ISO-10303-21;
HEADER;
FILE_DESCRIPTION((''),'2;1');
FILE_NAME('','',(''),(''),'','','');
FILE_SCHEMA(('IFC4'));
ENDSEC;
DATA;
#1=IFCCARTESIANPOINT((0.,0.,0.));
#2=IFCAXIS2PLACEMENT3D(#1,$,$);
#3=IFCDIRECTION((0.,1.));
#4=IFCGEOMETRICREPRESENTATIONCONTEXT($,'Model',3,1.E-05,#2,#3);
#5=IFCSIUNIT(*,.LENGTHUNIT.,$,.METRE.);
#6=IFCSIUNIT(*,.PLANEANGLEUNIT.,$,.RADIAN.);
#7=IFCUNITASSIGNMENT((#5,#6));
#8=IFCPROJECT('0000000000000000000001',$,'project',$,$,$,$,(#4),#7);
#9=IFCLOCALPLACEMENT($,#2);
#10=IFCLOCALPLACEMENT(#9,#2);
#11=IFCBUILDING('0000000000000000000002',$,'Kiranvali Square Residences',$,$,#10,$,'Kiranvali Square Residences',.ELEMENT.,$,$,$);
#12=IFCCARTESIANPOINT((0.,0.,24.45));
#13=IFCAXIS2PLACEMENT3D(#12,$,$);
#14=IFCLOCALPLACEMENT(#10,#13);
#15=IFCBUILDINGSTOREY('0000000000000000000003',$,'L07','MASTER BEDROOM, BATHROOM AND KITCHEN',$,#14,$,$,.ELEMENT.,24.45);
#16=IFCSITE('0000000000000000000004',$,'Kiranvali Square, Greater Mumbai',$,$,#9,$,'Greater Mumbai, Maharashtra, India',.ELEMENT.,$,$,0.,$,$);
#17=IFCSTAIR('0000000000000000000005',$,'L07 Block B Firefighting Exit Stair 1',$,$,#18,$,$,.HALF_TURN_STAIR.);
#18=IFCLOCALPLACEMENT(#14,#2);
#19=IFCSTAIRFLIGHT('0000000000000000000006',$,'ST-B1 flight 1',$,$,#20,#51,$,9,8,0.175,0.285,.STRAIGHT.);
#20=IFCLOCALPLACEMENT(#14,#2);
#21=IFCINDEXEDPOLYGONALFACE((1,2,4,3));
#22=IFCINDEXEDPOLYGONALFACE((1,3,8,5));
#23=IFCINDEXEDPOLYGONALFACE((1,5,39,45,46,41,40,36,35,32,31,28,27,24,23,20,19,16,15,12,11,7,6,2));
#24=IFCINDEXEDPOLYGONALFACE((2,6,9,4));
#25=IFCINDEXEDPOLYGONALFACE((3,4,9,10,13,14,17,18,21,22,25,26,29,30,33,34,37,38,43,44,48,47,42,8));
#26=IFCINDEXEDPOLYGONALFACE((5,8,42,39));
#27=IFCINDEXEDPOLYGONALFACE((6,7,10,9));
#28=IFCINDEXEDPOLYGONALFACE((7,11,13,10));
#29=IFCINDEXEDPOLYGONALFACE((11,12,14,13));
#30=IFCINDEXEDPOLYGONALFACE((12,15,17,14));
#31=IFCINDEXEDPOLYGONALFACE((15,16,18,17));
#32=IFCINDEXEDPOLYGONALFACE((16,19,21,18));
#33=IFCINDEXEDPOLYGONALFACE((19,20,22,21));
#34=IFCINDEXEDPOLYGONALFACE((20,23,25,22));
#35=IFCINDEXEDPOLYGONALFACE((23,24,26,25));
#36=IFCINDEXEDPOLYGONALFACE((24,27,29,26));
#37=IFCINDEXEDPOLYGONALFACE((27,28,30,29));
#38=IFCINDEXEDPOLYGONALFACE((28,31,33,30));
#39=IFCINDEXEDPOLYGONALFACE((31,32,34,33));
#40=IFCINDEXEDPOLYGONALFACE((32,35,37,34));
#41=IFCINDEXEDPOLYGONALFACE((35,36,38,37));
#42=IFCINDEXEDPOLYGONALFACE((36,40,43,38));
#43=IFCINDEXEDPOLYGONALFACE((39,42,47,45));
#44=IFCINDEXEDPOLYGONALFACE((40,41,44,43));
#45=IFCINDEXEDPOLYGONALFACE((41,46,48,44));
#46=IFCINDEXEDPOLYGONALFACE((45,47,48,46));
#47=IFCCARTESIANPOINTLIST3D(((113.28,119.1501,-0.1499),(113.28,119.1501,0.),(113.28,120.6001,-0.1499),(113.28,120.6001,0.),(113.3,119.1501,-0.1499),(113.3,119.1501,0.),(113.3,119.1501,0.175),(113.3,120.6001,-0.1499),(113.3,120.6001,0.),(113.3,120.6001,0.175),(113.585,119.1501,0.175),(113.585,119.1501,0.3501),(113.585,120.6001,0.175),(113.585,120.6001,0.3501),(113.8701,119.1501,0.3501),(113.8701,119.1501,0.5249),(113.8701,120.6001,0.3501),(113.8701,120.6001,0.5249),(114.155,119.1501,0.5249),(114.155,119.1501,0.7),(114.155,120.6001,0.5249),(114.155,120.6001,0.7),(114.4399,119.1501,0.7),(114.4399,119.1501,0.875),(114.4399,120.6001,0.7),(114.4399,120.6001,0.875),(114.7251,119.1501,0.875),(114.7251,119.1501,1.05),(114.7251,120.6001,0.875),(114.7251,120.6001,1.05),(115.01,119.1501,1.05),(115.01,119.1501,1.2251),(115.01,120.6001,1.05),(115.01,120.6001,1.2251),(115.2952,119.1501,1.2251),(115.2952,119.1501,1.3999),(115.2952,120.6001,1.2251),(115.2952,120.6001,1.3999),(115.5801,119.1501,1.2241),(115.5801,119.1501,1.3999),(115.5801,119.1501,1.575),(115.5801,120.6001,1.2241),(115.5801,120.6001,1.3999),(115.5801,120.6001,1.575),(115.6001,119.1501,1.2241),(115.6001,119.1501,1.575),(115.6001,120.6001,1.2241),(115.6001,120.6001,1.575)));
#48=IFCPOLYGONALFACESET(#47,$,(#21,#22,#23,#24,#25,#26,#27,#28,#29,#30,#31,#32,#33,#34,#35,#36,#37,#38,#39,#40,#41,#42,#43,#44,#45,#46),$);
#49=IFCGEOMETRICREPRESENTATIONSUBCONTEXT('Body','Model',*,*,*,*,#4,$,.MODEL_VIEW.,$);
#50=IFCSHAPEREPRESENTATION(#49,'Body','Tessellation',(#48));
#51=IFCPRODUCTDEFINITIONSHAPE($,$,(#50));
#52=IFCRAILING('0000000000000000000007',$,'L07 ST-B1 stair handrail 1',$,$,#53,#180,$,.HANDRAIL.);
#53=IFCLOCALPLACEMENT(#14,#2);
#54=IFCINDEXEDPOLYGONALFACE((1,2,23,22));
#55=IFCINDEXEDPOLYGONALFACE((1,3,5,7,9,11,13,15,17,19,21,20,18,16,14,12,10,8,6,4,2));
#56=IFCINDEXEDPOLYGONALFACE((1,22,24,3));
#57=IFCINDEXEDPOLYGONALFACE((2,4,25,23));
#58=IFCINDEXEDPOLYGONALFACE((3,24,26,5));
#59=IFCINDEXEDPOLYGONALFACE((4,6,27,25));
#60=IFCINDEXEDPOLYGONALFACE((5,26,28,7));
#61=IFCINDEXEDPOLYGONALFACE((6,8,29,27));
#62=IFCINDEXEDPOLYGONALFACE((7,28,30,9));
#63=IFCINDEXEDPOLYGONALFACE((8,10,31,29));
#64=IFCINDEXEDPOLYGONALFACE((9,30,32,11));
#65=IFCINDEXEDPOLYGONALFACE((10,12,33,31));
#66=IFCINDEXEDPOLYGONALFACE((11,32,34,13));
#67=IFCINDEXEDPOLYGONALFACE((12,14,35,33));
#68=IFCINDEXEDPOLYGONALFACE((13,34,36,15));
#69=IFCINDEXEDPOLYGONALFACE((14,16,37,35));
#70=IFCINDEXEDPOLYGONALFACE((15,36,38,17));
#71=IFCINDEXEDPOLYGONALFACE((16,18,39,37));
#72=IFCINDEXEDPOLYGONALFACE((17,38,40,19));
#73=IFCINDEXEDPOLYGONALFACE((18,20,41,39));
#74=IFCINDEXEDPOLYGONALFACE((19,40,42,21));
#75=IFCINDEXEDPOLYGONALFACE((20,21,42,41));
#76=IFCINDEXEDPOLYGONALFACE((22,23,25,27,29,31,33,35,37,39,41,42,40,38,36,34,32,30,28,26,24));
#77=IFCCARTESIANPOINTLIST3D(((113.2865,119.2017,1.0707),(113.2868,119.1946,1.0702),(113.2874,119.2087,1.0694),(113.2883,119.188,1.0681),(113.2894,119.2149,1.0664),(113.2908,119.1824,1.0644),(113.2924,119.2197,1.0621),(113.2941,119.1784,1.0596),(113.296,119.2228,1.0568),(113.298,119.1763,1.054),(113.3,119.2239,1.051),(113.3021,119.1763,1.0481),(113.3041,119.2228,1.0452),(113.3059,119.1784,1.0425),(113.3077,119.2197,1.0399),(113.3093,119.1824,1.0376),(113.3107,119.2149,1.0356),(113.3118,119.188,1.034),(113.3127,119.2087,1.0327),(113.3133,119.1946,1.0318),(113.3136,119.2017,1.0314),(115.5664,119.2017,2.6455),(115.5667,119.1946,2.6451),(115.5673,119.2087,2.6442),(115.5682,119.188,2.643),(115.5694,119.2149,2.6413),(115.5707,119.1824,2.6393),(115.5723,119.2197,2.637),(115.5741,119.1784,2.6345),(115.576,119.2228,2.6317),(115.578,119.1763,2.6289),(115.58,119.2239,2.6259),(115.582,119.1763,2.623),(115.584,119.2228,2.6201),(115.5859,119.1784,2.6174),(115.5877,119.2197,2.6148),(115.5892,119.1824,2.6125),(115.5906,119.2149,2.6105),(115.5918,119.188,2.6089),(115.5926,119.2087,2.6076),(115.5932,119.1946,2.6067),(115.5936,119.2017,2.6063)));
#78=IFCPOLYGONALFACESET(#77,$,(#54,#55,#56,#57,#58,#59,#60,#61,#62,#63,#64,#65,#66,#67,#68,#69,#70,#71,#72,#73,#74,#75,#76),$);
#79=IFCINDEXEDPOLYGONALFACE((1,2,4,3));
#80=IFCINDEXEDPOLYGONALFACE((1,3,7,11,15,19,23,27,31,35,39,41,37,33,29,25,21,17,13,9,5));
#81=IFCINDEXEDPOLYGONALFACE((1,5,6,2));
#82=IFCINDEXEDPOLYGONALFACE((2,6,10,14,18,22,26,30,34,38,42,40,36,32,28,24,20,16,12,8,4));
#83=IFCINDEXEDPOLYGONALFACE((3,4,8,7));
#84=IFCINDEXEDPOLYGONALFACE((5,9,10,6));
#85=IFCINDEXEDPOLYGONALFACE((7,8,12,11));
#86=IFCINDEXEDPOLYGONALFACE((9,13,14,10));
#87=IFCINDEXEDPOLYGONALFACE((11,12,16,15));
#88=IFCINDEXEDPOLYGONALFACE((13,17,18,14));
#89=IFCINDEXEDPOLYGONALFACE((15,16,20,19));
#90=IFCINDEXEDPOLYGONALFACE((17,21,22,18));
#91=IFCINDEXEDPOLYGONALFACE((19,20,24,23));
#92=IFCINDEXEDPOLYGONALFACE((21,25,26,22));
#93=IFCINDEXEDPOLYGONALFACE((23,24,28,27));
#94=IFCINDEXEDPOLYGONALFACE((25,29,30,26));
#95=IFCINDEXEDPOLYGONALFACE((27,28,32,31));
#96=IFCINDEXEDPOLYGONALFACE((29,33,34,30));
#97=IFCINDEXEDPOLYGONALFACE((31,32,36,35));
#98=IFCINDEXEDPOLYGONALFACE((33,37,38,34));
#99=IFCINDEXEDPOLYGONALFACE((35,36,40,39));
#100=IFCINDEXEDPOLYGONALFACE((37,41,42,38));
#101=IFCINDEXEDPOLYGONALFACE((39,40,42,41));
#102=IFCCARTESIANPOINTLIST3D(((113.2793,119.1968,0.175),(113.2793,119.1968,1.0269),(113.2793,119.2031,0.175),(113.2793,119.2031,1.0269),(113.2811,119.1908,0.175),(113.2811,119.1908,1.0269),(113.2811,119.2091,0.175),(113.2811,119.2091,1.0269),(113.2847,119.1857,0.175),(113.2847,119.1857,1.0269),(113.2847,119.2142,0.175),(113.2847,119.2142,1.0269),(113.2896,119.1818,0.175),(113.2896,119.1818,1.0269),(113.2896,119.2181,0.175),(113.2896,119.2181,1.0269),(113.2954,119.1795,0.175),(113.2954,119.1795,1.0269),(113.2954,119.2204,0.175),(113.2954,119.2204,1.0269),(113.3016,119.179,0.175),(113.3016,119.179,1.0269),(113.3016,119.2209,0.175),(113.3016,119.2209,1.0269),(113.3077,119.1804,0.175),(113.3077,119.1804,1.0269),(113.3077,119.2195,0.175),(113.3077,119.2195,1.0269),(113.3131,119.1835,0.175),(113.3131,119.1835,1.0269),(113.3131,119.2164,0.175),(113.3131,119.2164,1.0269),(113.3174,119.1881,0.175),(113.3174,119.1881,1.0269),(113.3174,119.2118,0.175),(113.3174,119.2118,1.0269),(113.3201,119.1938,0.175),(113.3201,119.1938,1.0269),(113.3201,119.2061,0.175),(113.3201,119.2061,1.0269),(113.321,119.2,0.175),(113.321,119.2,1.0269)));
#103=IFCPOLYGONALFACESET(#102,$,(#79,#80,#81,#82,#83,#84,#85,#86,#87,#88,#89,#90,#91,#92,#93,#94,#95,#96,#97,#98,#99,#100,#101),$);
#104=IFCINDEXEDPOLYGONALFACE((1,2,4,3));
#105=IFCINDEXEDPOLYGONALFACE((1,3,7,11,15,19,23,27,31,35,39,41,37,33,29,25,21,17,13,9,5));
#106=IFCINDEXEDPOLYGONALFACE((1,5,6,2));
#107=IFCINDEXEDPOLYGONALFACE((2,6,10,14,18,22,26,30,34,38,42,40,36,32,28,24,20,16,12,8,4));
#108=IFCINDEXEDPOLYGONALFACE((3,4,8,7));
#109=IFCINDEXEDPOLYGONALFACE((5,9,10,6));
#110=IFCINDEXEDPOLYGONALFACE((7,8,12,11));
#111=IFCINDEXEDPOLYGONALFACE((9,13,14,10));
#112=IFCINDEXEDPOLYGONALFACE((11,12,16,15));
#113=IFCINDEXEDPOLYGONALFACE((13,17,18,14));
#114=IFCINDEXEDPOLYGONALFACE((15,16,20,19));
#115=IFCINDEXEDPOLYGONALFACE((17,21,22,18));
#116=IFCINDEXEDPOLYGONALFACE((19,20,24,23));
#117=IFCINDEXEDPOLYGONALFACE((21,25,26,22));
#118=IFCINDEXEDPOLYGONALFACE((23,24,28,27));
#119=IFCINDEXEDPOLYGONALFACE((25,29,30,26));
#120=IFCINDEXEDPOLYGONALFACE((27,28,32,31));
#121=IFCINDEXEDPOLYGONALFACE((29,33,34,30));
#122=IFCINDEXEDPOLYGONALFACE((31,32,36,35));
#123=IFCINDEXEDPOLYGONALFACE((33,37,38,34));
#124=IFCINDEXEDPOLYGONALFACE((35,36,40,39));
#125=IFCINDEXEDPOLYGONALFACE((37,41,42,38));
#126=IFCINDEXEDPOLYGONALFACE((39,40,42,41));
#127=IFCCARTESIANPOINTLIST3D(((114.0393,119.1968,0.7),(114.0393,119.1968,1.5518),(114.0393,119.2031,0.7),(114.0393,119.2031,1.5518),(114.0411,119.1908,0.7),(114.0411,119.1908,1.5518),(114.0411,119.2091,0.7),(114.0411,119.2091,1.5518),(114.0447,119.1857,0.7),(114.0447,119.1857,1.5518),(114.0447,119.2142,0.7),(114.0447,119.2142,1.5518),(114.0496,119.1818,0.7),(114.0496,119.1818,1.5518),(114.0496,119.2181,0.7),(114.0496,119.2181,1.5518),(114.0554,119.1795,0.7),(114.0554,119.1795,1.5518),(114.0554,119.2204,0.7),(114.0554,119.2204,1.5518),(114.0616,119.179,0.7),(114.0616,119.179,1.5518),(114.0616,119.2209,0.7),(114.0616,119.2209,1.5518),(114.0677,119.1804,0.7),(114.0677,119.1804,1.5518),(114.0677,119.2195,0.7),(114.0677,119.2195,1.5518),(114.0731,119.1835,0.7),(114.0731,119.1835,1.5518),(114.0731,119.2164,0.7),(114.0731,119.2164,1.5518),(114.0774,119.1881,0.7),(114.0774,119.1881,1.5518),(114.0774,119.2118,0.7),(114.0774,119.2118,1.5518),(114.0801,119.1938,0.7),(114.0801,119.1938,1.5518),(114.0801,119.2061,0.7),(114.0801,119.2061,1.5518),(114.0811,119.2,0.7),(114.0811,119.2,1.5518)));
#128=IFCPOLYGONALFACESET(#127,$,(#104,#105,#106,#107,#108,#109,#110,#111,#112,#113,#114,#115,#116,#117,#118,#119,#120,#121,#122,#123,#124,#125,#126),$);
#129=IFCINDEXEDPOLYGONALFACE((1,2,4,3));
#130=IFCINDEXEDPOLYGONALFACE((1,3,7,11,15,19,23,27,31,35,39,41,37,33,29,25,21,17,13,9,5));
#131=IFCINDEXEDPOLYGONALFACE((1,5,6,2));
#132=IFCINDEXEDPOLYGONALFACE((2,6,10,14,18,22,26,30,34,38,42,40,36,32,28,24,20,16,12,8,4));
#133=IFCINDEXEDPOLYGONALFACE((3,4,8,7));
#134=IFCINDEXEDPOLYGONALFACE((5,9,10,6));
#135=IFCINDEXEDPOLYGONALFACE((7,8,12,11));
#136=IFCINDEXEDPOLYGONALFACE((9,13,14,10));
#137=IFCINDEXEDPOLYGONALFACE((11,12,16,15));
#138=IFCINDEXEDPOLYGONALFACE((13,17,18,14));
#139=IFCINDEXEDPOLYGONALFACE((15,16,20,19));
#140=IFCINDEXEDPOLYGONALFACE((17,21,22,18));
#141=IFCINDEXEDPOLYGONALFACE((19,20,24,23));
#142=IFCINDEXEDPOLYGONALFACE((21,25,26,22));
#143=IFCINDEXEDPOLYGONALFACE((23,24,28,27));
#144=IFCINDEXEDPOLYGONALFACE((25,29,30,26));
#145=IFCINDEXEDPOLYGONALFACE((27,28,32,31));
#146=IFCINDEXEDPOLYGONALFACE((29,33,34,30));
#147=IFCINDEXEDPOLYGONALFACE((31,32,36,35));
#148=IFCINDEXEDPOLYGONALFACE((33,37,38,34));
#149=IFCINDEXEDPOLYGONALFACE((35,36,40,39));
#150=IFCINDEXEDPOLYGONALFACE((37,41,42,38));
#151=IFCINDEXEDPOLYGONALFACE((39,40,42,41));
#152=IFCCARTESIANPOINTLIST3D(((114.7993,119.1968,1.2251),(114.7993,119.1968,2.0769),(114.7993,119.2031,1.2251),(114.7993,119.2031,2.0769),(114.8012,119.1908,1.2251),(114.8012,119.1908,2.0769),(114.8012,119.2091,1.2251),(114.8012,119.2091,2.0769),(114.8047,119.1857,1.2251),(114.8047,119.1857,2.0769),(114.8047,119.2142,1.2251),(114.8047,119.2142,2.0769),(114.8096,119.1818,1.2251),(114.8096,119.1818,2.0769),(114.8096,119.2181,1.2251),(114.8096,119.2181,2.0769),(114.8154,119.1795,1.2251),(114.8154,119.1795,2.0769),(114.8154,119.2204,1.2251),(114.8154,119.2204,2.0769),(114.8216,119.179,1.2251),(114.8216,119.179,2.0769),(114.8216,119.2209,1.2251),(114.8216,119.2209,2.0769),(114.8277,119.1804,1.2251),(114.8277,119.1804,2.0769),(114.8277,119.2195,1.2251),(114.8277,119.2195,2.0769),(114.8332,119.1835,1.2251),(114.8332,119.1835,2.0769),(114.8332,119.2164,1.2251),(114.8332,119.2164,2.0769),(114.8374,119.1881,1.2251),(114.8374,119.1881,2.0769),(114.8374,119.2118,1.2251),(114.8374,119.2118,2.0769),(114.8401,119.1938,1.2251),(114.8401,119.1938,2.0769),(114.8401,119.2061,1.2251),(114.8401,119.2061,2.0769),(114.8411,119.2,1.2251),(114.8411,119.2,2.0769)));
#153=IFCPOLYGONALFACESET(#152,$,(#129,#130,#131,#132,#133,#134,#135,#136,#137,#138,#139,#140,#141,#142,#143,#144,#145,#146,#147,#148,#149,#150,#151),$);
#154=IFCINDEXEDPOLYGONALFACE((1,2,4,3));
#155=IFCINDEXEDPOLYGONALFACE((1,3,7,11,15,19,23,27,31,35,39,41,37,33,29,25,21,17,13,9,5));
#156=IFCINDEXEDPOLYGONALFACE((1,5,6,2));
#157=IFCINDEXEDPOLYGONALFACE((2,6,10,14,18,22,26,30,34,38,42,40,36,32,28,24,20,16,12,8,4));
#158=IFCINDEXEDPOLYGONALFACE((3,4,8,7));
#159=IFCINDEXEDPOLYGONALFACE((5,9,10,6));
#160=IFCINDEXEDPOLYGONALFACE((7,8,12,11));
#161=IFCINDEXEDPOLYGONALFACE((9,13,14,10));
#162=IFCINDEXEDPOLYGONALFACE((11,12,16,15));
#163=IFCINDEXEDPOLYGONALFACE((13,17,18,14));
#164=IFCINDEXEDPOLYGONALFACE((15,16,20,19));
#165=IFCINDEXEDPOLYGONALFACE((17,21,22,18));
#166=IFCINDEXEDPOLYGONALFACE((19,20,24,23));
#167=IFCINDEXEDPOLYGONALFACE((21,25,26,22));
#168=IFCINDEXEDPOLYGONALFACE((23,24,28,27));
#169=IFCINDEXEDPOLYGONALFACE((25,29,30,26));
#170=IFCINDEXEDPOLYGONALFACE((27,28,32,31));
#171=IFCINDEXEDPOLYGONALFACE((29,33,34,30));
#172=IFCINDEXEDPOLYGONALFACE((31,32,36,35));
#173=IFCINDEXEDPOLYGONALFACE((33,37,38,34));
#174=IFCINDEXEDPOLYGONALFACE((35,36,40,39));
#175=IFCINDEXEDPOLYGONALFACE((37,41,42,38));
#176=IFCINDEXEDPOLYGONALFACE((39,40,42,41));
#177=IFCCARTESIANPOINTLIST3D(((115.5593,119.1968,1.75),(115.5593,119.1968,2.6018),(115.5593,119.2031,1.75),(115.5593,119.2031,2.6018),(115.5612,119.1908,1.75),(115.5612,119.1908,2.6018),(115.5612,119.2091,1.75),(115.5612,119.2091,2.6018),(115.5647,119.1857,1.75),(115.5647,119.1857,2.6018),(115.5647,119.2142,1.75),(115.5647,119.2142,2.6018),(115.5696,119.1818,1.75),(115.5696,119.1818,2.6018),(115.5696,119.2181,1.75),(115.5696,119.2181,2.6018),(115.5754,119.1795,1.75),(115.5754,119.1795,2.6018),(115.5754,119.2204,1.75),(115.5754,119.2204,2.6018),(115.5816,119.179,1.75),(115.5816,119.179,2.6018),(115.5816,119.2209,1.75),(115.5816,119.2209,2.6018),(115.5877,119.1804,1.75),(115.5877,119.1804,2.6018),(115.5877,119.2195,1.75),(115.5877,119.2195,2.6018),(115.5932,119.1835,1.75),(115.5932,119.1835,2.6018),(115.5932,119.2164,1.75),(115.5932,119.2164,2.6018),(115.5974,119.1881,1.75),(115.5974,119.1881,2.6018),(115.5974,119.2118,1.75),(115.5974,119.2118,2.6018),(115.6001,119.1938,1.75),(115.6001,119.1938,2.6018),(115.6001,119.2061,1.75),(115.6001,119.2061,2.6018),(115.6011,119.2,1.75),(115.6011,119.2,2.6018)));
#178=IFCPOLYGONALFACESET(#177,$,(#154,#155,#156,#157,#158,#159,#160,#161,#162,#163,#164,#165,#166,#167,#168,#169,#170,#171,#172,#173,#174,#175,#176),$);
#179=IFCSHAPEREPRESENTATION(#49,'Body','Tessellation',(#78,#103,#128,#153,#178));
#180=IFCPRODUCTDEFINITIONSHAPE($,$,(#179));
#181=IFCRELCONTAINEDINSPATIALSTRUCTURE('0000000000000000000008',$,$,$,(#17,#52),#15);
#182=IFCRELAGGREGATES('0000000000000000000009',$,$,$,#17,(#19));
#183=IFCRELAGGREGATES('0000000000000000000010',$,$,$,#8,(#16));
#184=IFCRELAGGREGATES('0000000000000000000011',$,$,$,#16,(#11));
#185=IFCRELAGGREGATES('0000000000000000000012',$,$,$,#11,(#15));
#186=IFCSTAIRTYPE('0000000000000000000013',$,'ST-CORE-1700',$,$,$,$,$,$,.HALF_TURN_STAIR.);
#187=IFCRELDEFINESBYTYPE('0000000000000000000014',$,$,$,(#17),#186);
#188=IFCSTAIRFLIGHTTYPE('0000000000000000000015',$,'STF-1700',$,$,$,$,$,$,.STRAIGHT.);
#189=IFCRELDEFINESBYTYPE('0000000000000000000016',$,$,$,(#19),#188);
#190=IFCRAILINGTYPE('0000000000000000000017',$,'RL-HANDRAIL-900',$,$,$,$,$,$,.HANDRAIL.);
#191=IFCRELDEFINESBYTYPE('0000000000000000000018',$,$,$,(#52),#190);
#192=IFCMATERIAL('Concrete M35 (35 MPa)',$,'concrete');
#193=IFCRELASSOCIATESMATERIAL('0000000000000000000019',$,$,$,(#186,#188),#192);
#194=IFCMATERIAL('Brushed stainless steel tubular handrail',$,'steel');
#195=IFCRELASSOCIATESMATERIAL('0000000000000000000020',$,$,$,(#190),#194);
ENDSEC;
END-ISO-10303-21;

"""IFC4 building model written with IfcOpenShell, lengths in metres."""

from ifc_helpers import new_model, si_unit, direction, frame, origin, origin_2d, place, context, subcontext, project, spatial, polyline, circle, outline, extrude, material, type_object, element, aggregate, save


model = new_model("IFC4")

# Units and contexts
model_context = context("Model", 3, precision=1e-05, world=origin(), true_north=direction((0.0, 1.0)))
body_context = subcontext(model_context, "Body", "Model", "MODEL_VIEW")
ifc_project = project(units=[si_unit("LENGTHUNIT", "METRE"), si_unit("PLANEANGLEUNIT", "RADIAN")], contexts=[model_context])

# Site, building, storey
site_placement = place(None, origin())
site = spatial("IfcSite", under=ifc_project, at=site_placement, Name="Kiranvali Square, Greater Mumbai", LongName="Greater Mumbai, Maharashtra, India", CompositionType="ELEMENT", RefElevation=0.0)
building_placement = place(site_placement, origin())
building = spatial("IfcBuilding", under=site, at=building_placement, Name="Kiranvali Square Residences", LongName="Kiranvali Square Residences", CompositionType="ELEMENT")
storey_placement = place(building_placement, frame((0.0, 0.0, 24.45)))
storey = spatial("IfcBuildingStorey", under=building, at=storey_placement, Name="L07", Description="MASTER BEDROOM, BATHROOM AND KITCHEN", CompositionType="ELEMENT", Elevation=24.45)

# Stair, stair flight
ifc_material_1 = material(Name="Concrete M35 (35 MPa)", Category="concrete")
stair_type = type_object("IfcStairType", Name="ST-CORE-1700", PredefinedType="HALF_TURN_STAIR", material=ifc_material_1)
stair_placement = place(storey_placement, origin())
stair = element("IfcStair", 1, at=stair_placement, inside=storey, type_object=stair_type, Name="L07 Block B Firefighting Exit Stair 1", PredefinedType="HALF_TURN_STAIR")
stair_flight_type = type_object("IfcStairFlightType", Name="STF-1700", PredefinedType="STRAIGHT", material=ifc_material_1)
stair_flight_placement = place(storey_placement, frame((113.3, 119.875, 0.0), z_axis=(0.0, 0.0, 1.0), x_axis=(1.0, 0.0, 0.0)))
stair_flight = element("IfcStairFlight", 2, at=stair_flight_placement, type_object=stair_flight_type, Name="ST-B1 flight 1", NumberOfRisers=9, NumberOfTreads=8, PredefinedType="STRAIGHT", RiserHeight=0.175, TreadLength=0.285, context=body_context, shape_type="SweptSolid", body=[
    extrude(outline(polyline([(-0.02, -0.1499), (-0.02, 0.0), (0.0, 0.0), (0.0, 0.175), (0.2849, 0.175), (0.2849, 0.3501), (0.5701, 0.3501), (0.5701, 0.5249), (0.855, 0.5249), (0.855, 0.7), (1.1399, 0.7), (1.1399, 0.875), (1.425, 0.875), (1.425, 1.05), (1.71, 1.05), (1.71, 1.2251), (1.9951, 1.2251), (1.9951, 1.3999), (2.28, 1.3999), (2.28, 1.575), (2.3, 1.575), (2.3, 1.2241), (2.28, 1.2241), (0.0, -0.1499), (-0.02, -0.1499)])), frame((0.0, 0.7251, 0.0), z_axis=(0.0, -1.0, 0.0), x_axis=(1.0, 0.0, 0.0)), (0.0, 0.0, 1.0), 1.45),
])
aggregate(stair, [stair_flight])

# Railing
ifc_material_2 = material(Name="Brushed stainless steel tubular handrail", Category="steel")
railing_type = type_object("IfcRailingType", Name="RL-HANDRAIL-900", PredefinedType="HANDRAIL", material=ifc_material_2)
railing_placement = place(storey_placement, frame((113.3, 119.2, 0.175)))
element("IfcRailing", 3, at=railing_placement, inside=storey, type_object=railing_type, Name="L07 ST-B1 stair handrail 1", PredefinedType="HANDRAIL", context=body_context, shape_type="SweptSolid", body=[
    extrude(circle(Radius=0.0239, at=origin_2d()), frame((0.0, 0.0, 0.876), z_axis=(0.822788, 0.0, 0.568348), x_axis=(0.0, 1.0, 0.0)), (0.0, 0.0, 1.0), 2.771),
    extrude(circle(Radius=0.021, at=origin_2d()), origin(), (0.0, 0.0, 1.0), 0.8518),
    extrude(circle(Radius=0.021, at=origin_2d()), frame((0.76, 0.0, 0.5249)), (0.0, 0.0, 1.0), 0.8518),
    extrude(circle(Radius=0.021, at=origin_2d()), frame((1.52, 0.0, 1.05)), (0.0, 0.0, 1.0), 0.8518),
    extrude(circle(Radius=0.021, at=origin_2d()), frame((2.28, 0.0, 1.575)), (0.0, 0.0, 1.0), 0.8518),
])

save(model, "model.ifc")
